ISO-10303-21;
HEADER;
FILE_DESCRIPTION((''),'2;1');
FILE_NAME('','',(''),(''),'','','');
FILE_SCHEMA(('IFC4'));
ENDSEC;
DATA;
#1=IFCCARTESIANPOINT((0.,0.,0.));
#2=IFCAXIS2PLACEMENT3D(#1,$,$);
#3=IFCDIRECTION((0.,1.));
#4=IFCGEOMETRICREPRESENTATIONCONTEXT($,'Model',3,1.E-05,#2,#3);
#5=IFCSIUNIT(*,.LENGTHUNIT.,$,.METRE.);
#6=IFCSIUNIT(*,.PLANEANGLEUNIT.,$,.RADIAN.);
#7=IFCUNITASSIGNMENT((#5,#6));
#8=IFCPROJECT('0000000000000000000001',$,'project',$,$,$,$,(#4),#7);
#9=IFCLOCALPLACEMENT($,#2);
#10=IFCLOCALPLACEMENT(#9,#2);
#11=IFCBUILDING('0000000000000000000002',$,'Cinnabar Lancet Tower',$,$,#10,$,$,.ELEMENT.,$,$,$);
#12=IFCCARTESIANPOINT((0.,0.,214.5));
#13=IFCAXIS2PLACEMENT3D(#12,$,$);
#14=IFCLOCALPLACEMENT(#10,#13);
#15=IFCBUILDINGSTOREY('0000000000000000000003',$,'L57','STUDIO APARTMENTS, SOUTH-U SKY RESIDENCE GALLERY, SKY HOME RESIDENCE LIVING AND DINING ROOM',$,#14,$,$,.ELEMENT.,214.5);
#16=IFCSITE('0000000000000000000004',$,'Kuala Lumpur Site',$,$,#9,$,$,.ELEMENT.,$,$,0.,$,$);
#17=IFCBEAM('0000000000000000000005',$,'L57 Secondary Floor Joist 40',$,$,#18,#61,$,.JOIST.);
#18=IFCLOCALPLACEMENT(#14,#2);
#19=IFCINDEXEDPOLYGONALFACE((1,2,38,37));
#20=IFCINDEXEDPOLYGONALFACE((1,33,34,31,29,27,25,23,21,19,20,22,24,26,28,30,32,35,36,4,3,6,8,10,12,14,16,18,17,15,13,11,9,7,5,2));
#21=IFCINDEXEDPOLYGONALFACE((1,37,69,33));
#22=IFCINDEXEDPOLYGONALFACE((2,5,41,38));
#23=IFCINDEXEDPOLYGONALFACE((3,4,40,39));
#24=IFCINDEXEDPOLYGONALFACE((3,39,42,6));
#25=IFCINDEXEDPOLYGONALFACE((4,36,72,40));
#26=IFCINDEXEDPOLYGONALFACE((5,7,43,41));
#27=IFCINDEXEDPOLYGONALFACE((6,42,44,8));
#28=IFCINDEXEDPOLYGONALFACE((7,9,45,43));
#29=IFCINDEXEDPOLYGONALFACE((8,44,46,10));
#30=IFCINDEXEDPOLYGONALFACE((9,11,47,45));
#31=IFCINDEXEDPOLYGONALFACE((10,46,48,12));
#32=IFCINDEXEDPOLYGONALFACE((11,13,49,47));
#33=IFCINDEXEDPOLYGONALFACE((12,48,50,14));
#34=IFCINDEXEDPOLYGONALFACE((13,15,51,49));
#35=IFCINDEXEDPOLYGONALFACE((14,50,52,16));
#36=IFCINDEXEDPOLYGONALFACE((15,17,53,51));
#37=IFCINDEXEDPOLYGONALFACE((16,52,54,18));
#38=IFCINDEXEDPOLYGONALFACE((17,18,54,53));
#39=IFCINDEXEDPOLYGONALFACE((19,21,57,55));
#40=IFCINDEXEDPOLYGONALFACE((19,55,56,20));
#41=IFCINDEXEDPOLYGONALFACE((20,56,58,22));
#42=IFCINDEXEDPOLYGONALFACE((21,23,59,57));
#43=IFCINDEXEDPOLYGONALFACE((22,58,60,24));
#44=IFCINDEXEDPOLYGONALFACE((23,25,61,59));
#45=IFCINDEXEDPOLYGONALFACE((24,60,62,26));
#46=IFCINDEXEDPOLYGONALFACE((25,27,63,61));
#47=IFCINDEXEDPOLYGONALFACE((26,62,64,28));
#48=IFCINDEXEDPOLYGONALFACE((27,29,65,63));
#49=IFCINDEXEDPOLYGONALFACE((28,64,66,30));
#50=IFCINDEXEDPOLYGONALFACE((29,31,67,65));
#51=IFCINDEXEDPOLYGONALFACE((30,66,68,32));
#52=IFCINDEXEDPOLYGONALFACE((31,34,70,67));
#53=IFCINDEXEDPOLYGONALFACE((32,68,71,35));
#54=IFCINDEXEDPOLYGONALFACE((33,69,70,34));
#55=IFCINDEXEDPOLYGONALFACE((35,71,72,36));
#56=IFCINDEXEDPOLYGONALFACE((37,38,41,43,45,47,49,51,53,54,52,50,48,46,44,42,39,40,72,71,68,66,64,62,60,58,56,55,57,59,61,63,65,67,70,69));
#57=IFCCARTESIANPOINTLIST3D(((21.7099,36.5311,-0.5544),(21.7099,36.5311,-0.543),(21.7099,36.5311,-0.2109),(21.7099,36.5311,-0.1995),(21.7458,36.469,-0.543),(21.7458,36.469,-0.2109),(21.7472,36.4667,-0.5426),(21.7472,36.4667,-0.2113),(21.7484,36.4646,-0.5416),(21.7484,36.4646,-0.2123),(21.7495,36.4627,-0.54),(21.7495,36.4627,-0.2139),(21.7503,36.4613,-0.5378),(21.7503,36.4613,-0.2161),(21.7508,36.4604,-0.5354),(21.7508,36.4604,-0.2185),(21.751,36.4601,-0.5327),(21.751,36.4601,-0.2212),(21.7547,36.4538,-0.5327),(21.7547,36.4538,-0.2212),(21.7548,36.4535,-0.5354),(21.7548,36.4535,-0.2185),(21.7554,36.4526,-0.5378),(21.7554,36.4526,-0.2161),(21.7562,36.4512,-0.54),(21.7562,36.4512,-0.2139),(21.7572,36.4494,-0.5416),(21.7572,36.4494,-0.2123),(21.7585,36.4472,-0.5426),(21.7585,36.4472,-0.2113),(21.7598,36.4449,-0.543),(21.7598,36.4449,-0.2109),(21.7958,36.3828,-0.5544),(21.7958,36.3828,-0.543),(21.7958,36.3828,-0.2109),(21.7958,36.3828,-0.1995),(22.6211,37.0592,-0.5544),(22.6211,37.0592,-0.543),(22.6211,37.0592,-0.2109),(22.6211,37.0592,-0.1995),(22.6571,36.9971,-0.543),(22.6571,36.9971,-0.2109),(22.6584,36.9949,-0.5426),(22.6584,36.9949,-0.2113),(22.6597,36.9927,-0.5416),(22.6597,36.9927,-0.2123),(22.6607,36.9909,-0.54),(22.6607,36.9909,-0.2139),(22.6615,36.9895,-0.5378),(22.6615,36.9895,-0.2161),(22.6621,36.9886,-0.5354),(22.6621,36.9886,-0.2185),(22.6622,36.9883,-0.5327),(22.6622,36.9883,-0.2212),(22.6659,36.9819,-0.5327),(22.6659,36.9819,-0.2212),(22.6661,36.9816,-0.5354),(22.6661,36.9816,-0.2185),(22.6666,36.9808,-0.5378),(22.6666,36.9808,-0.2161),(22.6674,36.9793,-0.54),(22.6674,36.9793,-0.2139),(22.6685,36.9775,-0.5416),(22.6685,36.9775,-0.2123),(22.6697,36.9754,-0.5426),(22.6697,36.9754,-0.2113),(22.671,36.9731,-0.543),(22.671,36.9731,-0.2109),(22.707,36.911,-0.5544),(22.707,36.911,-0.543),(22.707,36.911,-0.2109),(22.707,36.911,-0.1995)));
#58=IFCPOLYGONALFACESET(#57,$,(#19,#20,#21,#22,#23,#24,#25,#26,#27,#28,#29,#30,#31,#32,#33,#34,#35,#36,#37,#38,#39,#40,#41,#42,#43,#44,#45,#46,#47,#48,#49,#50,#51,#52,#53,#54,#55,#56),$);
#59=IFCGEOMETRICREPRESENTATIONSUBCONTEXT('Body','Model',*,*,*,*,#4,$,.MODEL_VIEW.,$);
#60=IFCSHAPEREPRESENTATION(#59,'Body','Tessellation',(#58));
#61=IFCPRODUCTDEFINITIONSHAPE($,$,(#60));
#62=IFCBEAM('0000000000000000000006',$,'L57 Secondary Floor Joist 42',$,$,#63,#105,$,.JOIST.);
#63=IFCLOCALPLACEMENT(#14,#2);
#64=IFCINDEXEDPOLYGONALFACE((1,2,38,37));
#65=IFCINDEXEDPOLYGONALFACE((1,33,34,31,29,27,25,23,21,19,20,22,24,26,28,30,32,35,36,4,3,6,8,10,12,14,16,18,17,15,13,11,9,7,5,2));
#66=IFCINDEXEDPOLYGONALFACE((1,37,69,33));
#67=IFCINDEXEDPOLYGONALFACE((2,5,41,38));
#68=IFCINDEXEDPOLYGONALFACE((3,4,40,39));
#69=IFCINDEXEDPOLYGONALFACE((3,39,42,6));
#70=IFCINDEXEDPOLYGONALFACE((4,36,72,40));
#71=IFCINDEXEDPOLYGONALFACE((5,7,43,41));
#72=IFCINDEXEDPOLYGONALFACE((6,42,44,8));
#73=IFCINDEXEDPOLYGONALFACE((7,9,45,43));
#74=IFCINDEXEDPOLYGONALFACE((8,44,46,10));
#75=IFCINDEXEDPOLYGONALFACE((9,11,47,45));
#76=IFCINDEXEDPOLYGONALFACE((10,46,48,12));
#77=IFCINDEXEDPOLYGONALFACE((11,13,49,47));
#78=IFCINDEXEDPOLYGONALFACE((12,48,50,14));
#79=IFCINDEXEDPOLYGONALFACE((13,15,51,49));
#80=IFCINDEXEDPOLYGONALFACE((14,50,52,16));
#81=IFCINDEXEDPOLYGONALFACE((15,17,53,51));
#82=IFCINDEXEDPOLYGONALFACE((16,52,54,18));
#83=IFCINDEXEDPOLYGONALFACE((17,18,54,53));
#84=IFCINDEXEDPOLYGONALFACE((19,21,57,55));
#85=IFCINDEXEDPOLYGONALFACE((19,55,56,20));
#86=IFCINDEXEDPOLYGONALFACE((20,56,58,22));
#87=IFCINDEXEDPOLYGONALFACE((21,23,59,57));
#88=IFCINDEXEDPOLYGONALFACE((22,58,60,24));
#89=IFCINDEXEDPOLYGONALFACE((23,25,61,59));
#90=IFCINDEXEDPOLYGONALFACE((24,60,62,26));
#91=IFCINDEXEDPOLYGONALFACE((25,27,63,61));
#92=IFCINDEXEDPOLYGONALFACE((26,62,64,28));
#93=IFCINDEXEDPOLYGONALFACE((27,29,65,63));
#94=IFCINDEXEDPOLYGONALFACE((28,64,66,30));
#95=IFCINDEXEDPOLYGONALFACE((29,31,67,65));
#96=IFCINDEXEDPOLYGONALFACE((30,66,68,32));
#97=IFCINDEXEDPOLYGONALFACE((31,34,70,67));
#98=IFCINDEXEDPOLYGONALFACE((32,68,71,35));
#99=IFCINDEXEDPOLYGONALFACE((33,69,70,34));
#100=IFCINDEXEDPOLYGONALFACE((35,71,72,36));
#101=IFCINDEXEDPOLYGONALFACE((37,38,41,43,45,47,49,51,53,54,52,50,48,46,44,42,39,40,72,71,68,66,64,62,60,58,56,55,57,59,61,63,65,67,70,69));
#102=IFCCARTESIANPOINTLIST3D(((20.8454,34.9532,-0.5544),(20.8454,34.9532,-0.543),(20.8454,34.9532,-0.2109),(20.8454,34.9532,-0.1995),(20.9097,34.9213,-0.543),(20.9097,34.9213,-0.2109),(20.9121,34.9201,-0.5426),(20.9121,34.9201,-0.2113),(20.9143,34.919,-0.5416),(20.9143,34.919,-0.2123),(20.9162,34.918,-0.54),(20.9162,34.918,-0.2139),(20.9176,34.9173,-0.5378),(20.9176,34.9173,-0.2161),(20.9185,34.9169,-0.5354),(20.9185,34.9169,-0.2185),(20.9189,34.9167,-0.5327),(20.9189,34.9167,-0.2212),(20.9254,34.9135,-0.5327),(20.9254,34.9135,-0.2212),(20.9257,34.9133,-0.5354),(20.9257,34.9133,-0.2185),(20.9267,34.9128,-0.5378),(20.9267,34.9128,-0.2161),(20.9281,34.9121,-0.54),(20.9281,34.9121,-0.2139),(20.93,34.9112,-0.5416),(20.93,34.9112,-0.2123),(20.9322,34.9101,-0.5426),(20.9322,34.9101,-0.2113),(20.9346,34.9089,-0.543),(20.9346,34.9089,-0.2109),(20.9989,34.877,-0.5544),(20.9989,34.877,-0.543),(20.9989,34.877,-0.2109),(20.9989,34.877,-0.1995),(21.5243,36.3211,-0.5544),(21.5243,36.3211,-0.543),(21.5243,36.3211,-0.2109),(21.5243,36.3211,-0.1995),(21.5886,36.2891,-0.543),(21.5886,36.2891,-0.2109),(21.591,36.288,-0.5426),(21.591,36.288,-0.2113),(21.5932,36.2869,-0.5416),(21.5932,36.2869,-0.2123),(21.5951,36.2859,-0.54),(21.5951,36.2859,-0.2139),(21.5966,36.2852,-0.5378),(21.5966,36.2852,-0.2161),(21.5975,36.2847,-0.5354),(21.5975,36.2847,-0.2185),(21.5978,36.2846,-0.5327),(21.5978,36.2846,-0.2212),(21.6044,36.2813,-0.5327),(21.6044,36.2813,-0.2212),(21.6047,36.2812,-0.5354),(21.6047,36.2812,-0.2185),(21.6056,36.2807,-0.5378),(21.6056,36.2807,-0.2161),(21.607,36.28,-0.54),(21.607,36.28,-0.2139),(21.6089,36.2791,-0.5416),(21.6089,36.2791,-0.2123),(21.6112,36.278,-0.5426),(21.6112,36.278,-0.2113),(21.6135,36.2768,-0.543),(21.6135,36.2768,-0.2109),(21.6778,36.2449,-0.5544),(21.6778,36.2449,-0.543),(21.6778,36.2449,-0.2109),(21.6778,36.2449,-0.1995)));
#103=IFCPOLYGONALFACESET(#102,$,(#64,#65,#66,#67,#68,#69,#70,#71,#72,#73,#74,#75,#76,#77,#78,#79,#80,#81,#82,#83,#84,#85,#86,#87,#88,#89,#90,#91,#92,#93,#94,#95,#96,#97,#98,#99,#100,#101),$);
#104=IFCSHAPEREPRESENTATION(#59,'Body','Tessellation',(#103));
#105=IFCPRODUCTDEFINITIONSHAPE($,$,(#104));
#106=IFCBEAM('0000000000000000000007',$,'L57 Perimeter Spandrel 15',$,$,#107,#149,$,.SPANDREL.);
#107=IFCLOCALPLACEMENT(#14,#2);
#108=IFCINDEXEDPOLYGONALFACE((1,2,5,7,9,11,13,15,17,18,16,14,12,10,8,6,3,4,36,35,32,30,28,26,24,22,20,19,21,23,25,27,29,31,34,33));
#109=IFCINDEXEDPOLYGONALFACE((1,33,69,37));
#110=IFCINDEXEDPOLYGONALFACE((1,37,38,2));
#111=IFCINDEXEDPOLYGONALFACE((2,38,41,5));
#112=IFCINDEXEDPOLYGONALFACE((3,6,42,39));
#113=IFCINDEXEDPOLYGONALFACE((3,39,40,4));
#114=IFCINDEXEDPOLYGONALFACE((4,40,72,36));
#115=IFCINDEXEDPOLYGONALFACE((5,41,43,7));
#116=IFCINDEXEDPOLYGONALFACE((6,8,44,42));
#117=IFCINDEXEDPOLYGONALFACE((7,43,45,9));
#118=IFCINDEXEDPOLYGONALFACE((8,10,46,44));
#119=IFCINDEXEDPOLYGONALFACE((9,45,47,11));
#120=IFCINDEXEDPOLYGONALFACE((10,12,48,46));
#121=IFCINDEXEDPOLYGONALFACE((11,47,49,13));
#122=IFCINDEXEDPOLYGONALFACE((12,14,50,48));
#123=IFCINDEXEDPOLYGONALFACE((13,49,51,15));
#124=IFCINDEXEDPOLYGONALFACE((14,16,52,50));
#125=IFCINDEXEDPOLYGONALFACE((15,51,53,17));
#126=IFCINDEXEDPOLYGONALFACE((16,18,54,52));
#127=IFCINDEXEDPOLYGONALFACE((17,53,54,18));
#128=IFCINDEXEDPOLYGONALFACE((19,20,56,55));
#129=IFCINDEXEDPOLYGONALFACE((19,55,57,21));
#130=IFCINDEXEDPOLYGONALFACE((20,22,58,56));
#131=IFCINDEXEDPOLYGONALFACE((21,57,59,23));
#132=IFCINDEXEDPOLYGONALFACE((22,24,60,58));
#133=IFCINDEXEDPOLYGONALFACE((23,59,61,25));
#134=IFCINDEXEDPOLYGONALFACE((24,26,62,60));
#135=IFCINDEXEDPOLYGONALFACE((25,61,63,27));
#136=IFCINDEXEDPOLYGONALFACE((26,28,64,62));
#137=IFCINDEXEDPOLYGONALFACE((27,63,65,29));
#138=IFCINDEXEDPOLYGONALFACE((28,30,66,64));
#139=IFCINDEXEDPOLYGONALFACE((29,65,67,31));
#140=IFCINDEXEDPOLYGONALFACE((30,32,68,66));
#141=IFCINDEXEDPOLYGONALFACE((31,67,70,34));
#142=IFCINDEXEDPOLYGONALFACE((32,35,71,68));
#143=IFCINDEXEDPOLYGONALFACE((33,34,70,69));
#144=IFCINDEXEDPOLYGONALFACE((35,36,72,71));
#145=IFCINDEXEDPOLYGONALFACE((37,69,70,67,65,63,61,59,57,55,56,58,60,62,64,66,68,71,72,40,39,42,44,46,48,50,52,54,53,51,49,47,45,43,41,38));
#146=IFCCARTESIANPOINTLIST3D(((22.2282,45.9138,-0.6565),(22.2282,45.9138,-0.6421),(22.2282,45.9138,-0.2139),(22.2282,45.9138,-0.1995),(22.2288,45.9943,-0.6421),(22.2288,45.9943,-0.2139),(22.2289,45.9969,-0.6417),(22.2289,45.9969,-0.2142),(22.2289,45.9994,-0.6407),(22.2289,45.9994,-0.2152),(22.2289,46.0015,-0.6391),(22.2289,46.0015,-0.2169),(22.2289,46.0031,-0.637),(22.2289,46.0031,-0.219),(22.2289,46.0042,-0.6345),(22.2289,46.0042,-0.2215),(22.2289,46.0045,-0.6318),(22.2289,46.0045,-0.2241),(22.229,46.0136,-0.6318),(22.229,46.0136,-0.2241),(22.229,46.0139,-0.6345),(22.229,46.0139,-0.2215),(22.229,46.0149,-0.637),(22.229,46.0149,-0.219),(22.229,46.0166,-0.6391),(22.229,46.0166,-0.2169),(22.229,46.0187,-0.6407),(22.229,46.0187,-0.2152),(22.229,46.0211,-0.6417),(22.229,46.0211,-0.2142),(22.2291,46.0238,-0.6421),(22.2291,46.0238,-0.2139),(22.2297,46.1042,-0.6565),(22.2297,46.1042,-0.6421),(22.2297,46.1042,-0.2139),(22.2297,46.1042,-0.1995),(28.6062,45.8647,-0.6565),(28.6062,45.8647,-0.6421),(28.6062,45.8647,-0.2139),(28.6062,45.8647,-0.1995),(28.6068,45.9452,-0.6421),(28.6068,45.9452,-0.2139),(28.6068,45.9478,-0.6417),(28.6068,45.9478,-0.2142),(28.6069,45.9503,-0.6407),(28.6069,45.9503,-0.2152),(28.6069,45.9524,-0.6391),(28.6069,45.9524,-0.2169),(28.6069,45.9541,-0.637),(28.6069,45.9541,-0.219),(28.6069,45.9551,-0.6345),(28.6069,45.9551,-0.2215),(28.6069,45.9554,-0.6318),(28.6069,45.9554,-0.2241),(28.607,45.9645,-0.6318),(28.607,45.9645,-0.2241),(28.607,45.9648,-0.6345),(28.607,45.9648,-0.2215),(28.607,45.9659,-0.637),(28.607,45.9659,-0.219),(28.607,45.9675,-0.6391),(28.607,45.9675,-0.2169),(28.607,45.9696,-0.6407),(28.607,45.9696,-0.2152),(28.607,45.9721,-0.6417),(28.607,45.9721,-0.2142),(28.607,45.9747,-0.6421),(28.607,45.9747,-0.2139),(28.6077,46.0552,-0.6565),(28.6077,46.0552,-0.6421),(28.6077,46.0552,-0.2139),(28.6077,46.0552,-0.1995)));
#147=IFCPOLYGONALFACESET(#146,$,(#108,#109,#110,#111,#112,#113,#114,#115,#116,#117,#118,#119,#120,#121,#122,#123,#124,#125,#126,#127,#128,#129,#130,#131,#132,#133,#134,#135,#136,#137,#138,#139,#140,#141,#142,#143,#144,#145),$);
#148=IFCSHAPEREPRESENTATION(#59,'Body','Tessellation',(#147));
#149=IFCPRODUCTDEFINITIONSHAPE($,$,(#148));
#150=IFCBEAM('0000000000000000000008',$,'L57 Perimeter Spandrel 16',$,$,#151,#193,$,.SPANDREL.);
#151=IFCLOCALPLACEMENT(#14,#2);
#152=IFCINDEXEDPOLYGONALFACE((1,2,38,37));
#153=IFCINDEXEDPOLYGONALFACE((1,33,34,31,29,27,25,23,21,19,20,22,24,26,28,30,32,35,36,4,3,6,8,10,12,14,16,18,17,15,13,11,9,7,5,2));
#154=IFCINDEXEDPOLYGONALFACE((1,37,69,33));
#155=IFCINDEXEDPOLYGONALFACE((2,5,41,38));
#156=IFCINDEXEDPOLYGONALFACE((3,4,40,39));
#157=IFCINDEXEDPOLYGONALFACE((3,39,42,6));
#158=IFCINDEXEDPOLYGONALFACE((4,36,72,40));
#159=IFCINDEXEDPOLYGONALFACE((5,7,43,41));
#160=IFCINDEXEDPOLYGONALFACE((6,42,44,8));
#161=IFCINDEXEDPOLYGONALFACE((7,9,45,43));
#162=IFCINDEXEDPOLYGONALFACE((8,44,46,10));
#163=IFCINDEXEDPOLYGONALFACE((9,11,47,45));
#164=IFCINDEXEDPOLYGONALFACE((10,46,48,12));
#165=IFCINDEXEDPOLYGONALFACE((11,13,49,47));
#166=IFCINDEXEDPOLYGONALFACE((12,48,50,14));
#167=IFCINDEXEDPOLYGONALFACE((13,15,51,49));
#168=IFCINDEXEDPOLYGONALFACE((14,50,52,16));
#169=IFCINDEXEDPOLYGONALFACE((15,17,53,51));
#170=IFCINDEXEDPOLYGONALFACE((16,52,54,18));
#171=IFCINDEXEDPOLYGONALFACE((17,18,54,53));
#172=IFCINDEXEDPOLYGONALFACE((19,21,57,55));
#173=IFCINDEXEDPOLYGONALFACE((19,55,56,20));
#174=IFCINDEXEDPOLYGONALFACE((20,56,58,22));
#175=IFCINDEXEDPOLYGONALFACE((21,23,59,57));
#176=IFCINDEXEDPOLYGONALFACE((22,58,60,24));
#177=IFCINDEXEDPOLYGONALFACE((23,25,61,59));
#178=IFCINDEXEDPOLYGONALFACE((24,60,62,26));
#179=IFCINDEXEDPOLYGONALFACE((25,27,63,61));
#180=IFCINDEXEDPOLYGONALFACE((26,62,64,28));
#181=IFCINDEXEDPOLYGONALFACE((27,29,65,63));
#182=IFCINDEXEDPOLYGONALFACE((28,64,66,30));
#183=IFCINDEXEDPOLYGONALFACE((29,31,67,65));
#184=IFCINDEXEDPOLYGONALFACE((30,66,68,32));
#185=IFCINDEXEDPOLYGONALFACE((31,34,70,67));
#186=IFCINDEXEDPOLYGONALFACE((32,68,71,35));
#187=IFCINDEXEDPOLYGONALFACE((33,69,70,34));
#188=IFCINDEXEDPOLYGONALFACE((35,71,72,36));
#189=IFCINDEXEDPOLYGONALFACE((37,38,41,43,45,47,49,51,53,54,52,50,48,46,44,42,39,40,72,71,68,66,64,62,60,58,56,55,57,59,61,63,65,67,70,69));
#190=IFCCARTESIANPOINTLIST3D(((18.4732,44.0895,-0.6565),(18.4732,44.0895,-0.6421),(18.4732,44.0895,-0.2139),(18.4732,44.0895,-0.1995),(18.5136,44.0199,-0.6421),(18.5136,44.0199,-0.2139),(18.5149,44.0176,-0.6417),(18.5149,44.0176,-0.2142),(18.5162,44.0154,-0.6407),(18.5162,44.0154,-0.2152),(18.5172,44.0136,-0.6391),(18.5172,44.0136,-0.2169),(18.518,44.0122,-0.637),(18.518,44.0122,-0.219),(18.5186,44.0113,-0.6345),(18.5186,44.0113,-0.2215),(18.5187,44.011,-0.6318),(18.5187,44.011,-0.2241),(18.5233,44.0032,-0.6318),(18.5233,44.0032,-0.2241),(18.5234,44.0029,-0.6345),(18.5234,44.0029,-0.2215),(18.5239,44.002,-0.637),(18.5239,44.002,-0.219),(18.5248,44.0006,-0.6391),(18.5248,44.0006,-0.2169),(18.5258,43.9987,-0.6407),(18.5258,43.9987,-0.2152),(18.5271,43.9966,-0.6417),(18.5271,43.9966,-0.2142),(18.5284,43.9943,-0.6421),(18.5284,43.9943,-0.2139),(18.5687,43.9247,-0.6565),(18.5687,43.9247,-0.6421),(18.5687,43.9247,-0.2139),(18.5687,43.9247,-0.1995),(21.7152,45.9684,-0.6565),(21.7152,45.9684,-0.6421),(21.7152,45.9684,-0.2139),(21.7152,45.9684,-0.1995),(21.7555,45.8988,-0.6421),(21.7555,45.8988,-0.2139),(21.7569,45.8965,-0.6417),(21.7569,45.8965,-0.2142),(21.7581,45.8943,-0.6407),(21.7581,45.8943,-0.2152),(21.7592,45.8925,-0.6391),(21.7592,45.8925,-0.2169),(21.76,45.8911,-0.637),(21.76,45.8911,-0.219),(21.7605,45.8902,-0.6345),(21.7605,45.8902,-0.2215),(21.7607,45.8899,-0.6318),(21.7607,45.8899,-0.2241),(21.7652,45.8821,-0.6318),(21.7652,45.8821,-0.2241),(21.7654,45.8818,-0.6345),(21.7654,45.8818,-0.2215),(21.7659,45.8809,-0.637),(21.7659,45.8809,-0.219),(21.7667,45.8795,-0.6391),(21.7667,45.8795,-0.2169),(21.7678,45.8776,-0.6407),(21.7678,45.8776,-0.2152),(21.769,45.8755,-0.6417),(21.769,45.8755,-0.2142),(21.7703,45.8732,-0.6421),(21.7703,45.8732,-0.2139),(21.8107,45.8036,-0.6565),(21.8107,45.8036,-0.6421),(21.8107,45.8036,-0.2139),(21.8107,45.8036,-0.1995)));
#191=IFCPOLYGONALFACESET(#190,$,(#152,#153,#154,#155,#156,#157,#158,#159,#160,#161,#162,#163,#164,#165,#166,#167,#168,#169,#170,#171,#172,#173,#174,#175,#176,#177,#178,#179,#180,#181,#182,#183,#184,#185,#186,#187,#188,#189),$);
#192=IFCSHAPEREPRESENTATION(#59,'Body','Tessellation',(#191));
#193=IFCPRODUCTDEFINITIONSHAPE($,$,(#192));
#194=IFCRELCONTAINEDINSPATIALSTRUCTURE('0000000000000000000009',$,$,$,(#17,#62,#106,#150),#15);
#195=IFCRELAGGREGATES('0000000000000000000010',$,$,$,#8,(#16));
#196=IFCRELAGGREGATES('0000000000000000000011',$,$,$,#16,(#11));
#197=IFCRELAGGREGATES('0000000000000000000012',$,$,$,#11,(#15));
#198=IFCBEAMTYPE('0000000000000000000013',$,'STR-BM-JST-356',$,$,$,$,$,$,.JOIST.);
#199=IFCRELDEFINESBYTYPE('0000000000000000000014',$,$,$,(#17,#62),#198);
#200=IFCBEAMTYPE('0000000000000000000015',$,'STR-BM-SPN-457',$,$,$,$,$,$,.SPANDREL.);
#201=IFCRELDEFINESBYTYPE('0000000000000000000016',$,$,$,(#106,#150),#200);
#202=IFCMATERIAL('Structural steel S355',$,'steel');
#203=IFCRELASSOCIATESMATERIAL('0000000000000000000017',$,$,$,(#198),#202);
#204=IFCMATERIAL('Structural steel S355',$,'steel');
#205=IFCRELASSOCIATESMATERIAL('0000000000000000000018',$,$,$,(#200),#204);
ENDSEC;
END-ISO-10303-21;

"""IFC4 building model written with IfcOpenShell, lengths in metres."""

from ifc_helpers import new_model, si_unit, direction, frame, origin, origin_2d, place, context, subcontext, project, spatial, i_section, extrude, material, material_profile, profile_set, type_object, element, save


model = new_model("IFC4")

# Units and contexts
model_context = context("Model", 3, precision=1e-05, world=origin(), true_north=direction((0.0, 1.0)))
body_context = subcontext(model_context, "Body", "Model", "MODEL_VIEW")
ifc_project = project(units=[si_unit("LENGTHUNIT", "METRE"), si_unit("PLANEANGLEUNIT", "RADIAN")], contexts=[model_context])

# Site, building, storey
site_placement = place(None, origin())
site = spatial("IfcSite", under=ifc_project, at=site_placement, Name="Kuala Lumpur Site", CompositionType="ELEMENT", RefElevation=0.0)
building_placement = place(site_placement, origin())
building = spatial("IfcBuilding", under=site, at=building_placement, Name="Cinnabar Lancet Tower", CompositionType="ELEMENT")
storey_placement = place(building_placement, frame((0.0, 0.0, 214.5)))
storey = spatial("IfcBuildingStorey", under=building, at=storey_placement, Name="L57", Description="STUDIO APARTMENTS, SOUTH-U SKY RESIDENCE GALLERY, SKY HOME RESIDENCE LIVING AND DINING ROOM", CompositionType="ELEMENT", Elevation=214.5)

# Beams
ifc_material_1 = material(Name="Structural steel S355", Category="steel")
ifc_material_profile_1 = material_profile(ifc_material_1, i_section(OverallWidth=0.1714, OverallDepth=0.355, WebThickness=0.0073, FlangeThickness=0.0115, FilletRadius=0.0103, at=origin_2d()), Name="UKB 356x171x51")
ifc_profile_set_1 = profile_set([ifc_material_profile_1], Name="Structural steel S355")
beam_type_1 = type_object("IfcBeamType", Name="STR-BM-JST-356", PredefinedType="JOIST", material=ifc_profile_set_1)
beam_1_placement = place(storey_placement, frame((22.6641, 36.9851, -0.377), z_axis=(-0.865188, -0.501447, 0.0), x_axis=(0.501447, -0.865188, 0.0)))
element("IfcBeam", 1, at=beam_1_placement, inside=storey, type_object=beam_type_1, Name="L57 Secondary Floor Joist 40", PredefinedType="JOIST", context=body_context, shape_type="SweptSolid", body=[
    extrude(i_section(OverallWidth=0.1714, OverallDepth=0.355, WebThickness=0.0073, FlangeThickness=0.0115, FilletRadius=0.0103, at=origin_2d()), origin(), (0.0, 0.0, 1.0), 1.0532),
])
beam_2_placement = place(storey_placement, frame((21.6011, 36.283, -0.377), z_axis=(-0.44459, -0.895734, 0.0), x_axis=(0.895734, -0.44459, 0.0)))
element("IfcBeam", 2, at=beam_2_placement, inside=storey, type_object=beam_type_1, Name="L57 Secondary Floor Joist 42", PredefinedType="JOIST", context=body_context, shape_type="SweptSolid", body=[
    extrude(i_section(OverallWidth=0.1714, OverallDepth=0.355, WebThickness=0.0073, FlangeThickness=0.0115, FilletRadius=0.0103, at=origin_2d()), origin(), (0.0, 0.0, 1.0), 1.5271),
])
ifc_material_2 = material(Name="Structural steel S355", Category="steel")
ifc_material_profile_2 = material_profile(ifc_material_2, i_section(OverallWidth=0.1904, OverallDepth=0.457, WebThickness=0.009, FlangeThickness=0.0144, FilletRadius=0.0103, at=origin_2d()), Name="UKB 457x191x74")
ifc_profile_set_2 = profile_set([ifc_material_profile_2], Name="Structural steel S355")
beam_type_2 = type_object("IfcBeamType", Name="STR-BM-SPN-457", PredefinedType="SPANDREL", material=ifc_profile_set_2)
beam_3_placement = place(storey_placement, frame((28.6069, 45.96, -0.428), z_axis=(-0.99997, 0.007694, 0.0), x_axis=(-0.007694, -0.99997, 0.0)))
element("IfcBeam", 3, at=beam_3_placement, inside=storey, type_object=beam_type_2, Name="L57 Perimeter Spandrel 15", PredefinedType="SPANDREL", context=body_context, shape_type="SweptSolid", body=[
    extrude(i_section(OverallWidth=0.1904, OverallDepth=0.457, WebThickness=0.009, FlangeThickness=0.0144, FilletRadius=0.0103, at=origin_2d()), origin(), (0.0, 0.0, 1.0), 6.3782),
])
beam_4_placement = place(storey_placement, frame((21.7629, 45.886, -0.428), z_axis=(-0.865196, -0.501434, 0.0), x_axis=(0.501434, -0.865196, 0.0)))
element("IfcBeam", 4, at=beam_4_placement, inside=storey, type_object=beam_type_2, Name="L57 Perimeter Spandrel 16", PredefinedType="SPANDREL", context=body_context, shape_type="SweptSolid", body=[
    extrude(i_section(OverallWidth=0.1904, OverallDepth=0.457, WebThickness=0.009, FlangeThickness=0.0144, FilletRadius=0.0103, at=origin_2d()), origin(), (0.0, 0.0, 1.0), 3.7471),
])

save(model, "model.ifc")
